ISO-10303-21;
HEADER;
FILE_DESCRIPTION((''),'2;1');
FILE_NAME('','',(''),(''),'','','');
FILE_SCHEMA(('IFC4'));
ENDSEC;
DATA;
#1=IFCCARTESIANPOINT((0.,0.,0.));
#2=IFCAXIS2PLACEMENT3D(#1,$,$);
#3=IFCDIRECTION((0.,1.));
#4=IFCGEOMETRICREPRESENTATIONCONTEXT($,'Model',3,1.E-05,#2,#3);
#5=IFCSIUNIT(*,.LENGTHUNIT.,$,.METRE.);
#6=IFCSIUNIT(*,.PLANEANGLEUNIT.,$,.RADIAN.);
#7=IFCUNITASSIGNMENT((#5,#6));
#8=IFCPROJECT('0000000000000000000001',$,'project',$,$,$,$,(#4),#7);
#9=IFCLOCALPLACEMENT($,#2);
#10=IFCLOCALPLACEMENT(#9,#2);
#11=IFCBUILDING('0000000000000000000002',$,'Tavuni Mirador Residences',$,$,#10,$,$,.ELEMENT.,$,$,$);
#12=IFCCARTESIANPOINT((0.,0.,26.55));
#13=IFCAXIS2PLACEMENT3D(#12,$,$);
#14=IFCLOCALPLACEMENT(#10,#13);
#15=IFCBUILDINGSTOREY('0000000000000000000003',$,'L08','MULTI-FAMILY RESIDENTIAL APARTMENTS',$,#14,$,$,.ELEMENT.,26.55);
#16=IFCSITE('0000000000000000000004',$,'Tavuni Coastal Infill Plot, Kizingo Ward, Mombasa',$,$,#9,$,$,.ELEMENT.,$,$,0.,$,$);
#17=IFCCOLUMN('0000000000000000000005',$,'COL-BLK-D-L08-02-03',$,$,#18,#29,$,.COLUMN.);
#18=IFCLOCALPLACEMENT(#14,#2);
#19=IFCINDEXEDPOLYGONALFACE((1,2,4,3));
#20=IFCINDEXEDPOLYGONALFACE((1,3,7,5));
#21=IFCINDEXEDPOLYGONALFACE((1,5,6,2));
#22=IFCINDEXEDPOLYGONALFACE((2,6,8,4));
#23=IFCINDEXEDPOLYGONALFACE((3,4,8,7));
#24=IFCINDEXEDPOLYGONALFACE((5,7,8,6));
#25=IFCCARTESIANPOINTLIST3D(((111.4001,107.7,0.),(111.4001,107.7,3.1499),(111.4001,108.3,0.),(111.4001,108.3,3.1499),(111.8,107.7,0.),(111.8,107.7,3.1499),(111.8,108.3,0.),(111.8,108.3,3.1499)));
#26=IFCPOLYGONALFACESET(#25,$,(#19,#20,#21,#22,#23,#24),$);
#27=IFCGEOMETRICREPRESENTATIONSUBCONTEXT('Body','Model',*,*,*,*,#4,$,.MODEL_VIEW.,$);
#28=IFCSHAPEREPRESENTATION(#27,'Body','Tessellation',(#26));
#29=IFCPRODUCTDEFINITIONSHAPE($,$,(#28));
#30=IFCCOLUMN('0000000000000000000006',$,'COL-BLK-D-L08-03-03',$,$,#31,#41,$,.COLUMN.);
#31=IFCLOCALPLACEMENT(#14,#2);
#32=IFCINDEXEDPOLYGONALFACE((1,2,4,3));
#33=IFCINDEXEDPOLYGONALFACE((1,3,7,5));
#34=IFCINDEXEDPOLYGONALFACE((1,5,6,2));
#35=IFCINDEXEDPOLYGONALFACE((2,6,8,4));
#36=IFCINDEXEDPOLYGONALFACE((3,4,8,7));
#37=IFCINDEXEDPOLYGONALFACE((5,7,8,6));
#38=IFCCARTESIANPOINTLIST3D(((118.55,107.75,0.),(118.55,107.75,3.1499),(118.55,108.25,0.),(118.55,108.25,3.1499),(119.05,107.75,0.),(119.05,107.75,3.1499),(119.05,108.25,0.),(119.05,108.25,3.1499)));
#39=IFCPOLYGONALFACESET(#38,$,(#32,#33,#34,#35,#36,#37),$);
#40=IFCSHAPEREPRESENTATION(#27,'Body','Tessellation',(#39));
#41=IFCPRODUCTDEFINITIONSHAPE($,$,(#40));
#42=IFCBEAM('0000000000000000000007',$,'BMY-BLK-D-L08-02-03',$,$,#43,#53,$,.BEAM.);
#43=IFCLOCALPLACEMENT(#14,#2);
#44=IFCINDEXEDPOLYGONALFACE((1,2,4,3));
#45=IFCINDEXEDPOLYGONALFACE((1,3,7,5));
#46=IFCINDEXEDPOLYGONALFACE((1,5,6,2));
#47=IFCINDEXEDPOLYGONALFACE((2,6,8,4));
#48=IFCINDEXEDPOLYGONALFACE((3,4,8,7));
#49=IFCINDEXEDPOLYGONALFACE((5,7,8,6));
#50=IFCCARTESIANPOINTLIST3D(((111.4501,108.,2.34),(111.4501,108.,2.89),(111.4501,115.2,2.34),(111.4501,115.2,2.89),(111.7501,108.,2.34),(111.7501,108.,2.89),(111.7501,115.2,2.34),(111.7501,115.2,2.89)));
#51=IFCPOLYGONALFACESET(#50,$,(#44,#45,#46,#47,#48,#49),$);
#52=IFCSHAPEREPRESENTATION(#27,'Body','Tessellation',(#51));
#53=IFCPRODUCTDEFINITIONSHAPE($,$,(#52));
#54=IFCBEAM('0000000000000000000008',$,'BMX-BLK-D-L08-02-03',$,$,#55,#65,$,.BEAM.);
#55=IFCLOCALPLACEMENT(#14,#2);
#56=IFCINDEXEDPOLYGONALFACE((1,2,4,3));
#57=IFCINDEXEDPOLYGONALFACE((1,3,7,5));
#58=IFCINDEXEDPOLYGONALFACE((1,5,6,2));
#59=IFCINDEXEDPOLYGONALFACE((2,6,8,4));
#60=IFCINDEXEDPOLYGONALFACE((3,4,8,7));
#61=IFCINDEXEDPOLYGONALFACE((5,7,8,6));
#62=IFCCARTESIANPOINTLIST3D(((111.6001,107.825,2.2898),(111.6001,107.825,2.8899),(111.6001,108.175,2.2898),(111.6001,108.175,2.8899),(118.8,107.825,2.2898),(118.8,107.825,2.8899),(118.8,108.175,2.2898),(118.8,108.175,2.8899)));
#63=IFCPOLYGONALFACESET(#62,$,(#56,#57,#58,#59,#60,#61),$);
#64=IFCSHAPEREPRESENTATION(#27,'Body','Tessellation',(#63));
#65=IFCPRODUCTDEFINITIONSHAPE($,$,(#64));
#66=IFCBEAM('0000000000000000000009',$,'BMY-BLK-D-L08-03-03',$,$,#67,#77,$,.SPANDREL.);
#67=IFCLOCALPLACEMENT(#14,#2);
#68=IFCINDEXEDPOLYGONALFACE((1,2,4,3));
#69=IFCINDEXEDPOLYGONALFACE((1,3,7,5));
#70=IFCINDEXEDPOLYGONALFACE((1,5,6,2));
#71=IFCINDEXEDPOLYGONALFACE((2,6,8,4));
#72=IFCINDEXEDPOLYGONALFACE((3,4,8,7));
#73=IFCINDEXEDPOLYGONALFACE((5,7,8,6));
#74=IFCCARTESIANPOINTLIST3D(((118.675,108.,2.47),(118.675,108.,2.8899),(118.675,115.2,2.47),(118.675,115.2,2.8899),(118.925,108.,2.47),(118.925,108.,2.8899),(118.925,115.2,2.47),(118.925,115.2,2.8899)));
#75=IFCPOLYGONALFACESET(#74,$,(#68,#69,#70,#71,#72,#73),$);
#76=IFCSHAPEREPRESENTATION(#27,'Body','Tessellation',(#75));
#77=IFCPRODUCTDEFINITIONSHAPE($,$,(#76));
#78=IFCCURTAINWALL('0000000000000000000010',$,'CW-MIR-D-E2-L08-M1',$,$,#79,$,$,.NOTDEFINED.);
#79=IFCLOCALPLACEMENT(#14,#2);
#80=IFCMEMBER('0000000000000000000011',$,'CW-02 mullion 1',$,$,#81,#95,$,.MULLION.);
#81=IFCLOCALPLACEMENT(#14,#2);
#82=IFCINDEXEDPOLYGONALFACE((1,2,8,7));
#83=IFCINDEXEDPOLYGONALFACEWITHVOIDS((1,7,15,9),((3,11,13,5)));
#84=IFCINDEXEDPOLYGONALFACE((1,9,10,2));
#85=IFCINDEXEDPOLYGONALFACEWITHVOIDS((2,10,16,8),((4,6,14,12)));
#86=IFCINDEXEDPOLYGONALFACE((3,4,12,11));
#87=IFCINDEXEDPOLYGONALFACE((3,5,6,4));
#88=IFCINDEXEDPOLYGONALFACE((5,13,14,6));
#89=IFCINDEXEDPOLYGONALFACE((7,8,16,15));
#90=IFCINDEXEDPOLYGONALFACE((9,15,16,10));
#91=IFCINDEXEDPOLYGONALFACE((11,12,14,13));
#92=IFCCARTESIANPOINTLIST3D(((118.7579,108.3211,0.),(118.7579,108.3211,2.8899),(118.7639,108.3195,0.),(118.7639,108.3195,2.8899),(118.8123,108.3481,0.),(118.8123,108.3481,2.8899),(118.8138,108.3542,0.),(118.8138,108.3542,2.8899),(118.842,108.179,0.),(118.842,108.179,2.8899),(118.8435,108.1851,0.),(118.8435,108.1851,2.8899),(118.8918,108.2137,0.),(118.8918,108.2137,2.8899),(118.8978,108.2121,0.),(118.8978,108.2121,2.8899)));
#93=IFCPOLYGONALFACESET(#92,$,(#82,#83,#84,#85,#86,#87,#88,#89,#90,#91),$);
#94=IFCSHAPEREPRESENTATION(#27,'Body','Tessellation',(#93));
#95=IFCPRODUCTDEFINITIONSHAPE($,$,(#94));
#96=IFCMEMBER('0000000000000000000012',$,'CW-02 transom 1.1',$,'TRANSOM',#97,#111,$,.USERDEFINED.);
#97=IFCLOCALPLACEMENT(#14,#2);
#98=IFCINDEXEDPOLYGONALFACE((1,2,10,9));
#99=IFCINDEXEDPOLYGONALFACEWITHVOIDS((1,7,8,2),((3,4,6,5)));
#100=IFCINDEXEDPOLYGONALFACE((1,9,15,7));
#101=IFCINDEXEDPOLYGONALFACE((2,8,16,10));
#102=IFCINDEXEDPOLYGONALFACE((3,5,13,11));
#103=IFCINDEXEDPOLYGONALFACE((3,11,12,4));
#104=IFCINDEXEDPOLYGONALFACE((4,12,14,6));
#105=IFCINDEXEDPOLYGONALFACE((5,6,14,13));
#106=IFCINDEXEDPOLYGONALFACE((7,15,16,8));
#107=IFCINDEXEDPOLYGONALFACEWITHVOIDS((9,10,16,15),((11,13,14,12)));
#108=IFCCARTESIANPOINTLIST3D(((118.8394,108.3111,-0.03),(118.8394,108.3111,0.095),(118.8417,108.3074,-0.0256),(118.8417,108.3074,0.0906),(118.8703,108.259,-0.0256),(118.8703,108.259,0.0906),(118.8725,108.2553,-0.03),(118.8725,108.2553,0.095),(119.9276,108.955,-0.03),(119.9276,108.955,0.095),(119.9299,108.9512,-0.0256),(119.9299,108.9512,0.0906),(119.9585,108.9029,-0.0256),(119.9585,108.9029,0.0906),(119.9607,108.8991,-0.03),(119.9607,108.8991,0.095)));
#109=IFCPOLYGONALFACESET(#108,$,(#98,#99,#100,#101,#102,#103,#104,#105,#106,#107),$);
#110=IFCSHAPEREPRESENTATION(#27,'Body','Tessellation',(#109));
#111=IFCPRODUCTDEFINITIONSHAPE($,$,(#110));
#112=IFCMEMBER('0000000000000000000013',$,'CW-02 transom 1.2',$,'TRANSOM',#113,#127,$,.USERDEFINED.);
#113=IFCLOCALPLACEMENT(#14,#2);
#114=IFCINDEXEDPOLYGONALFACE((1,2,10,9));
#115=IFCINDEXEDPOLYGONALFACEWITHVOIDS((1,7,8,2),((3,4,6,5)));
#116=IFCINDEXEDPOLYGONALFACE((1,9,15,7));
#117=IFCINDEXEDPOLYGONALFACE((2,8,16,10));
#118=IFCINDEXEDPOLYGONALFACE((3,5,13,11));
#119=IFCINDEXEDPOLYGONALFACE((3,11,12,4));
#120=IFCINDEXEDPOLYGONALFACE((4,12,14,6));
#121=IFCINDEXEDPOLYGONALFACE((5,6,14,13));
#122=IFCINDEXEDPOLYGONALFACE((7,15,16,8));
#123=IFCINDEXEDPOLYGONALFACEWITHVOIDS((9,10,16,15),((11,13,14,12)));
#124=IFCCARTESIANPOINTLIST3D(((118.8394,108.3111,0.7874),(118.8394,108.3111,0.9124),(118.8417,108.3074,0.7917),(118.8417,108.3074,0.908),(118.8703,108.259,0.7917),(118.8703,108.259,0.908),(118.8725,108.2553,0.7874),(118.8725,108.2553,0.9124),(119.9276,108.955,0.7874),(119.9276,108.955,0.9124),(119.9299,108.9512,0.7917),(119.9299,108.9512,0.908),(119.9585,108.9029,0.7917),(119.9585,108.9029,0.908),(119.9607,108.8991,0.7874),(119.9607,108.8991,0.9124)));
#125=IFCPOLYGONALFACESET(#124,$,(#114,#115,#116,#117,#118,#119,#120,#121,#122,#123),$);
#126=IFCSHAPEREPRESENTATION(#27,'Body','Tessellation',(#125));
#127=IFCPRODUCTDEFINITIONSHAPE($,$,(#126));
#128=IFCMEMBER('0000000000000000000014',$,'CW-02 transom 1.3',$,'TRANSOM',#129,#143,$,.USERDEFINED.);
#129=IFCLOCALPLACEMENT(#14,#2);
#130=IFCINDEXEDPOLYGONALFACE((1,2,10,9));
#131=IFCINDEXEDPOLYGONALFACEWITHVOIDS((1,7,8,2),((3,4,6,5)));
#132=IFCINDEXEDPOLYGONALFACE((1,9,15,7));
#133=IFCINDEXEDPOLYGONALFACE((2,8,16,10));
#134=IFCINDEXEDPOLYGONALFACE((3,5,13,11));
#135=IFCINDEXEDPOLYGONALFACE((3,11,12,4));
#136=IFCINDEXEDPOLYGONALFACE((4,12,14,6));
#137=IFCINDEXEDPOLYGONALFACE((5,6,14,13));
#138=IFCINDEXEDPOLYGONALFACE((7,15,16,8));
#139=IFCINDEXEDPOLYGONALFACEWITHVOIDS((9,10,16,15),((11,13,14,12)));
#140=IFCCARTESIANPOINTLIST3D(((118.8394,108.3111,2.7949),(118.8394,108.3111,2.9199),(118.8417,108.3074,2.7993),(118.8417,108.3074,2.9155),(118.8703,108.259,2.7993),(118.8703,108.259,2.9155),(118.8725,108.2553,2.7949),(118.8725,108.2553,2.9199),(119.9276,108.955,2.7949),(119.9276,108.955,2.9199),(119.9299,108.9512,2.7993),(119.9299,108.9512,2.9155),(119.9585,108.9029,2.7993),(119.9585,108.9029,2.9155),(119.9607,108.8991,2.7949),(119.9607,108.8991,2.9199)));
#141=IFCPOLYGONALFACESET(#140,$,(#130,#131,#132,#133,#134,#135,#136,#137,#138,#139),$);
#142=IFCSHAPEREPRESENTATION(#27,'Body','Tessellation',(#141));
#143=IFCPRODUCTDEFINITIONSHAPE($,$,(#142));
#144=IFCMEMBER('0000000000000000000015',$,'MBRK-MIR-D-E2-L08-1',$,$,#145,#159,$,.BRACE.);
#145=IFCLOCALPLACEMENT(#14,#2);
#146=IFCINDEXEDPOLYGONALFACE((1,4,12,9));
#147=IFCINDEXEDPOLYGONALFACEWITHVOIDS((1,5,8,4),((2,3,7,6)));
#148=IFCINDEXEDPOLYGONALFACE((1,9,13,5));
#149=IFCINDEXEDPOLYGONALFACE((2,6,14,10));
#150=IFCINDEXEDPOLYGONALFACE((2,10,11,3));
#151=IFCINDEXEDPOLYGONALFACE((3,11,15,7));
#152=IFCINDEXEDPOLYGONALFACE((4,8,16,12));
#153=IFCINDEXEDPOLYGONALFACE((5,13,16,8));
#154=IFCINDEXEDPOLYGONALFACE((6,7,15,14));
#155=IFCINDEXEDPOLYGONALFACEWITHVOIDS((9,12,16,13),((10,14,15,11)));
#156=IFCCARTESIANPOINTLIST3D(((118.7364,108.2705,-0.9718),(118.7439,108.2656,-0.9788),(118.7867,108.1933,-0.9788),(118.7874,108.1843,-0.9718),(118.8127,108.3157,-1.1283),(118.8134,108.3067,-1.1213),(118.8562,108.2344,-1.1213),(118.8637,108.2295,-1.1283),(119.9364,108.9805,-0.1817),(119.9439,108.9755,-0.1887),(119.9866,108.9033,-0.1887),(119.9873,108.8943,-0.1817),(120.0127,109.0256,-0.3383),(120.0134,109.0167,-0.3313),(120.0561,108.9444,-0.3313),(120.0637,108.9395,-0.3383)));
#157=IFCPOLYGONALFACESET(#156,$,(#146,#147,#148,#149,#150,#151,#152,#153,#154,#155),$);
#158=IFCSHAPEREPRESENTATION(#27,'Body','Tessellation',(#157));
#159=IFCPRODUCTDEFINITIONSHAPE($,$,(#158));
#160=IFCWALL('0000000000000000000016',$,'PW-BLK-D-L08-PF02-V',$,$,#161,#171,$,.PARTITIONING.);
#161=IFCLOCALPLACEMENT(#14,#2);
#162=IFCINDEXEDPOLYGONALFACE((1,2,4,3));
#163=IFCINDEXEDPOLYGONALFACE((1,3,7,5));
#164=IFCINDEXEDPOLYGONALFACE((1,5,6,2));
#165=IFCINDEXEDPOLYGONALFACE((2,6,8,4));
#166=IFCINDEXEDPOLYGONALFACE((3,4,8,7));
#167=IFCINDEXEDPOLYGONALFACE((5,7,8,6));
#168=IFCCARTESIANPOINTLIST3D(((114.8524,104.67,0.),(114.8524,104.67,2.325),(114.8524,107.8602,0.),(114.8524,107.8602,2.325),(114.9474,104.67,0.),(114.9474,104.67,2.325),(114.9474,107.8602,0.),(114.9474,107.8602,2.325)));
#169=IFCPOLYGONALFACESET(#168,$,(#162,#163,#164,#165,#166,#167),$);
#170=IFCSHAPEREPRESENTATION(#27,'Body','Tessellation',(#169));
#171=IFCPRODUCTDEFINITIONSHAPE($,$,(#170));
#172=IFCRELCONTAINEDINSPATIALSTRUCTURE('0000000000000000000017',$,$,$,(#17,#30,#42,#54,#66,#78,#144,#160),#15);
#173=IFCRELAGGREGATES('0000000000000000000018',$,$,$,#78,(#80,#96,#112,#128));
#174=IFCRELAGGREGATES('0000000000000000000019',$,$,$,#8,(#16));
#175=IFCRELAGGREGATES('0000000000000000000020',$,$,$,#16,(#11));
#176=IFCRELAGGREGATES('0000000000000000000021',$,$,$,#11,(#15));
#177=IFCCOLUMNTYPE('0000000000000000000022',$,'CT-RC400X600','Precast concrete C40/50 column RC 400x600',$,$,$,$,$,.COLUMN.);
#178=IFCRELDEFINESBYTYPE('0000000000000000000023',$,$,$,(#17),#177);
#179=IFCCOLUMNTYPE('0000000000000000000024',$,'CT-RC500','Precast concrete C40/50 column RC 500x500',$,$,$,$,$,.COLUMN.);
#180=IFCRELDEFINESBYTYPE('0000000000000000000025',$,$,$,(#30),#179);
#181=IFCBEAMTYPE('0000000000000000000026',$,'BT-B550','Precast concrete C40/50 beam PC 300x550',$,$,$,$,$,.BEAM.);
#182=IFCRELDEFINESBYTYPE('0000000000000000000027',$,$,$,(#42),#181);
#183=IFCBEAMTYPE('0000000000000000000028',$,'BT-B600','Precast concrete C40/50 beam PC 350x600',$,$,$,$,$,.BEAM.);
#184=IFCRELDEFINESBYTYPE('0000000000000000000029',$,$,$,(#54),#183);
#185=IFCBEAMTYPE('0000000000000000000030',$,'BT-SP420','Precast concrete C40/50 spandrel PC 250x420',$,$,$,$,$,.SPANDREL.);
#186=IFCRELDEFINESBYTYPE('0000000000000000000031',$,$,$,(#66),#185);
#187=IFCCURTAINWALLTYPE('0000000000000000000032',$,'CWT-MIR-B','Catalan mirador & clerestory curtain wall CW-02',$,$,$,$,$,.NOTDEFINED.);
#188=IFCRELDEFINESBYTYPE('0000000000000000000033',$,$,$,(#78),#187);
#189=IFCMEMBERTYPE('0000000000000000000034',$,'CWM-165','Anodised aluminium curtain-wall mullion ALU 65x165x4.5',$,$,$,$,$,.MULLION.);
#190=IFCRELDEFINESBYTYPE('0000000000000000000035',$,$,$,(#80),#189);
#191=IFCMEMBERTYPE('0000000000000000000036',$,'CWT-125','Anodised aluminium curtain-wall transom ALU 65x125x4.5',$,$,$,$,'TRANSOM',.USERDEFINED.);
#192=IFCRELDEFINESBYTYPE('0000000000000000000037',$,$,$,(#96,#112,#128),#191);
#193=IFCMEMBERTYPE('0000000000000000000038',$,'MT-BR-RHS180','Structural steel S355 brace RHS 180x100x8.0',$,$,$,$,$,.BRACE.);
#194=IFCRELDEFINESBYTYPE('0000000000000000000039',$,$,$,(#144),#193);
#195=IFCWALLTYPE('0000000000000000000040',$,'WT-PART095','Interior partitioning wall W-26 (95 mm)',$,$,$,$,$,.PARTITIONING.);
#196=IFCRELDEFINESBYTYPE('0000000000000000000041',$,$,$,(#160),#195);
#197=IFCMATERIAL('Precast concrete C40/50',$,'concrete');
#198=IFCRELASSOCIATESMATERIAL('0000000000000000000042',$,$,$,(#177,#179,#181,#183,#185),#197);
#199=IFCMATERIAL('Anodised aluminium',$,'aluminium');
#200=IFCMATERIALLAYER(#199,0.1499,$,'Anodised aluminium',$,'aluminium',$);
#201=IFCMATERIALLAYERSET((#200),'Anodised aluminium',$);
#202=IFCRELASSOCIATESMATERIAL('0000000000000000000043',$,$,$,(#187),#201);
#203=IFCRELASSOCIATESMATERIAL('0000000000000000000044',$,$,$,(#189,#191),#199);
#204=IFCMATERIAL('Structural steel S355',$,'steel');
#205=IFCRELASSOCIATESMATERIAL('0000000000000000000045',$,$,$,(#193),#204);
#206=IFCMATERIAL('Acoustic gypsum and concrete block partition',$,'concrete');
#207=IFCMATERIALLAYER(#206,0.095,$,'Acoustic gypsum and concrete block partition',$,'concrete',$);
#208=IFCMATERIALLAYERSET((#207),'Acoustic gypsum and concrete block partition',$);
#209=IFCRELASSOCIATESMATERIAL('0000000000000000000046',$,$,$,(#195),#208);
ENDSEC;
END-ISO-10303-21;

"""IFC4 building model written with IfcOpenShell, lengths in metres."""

from ifc_helpers import new_model, si_unit, direction, frame, frame_2d, origin, origin_2d, place, context, subcontext, project, spatial, rectangle, hollow_rectangle, extrude, material, layer, layer_set, material_profile, profile_set, type_object, element, aggregate, save


model = new_model("IFC4")

# Units and contexts
model_context = context("Model", 3, precision=1e-05, world=origin(), true_north=direction((0.0, 1.0)))
body_context = subcontext(model_context, "Body", "Model", "MODEL_VIEW")
ifc_project = project(units=[si_unit("LENGTHUNIT", "METRE"), si_unit("PLANEANGLEUNIT", "RADIAN")], contexts=[model_context])

# Site, building, storey
site_placement = place(None, origin())
site = spatial("IfcSite", under=ifc_project, at=site_placement, Name="Tavuni Coastal Infill Plot, Kizingo Ward, Mombasa", CompositionType="ELEMENT", RefElevation=0.0)
building_placement = place(site_placement, origin())
building = spatial("IfcBuilding", under=site, at=building_placement, Name="Tavuni Mirador Residences", CompositionType="ELEMENT")
storey_placement = place(building_placement, frame((0.0, 0.0, 26.55)))
storey = spatial("IfcBuildingStorey", under=building, at=storey_placement, Name="L08", Description="MULTI-FAMILY RESIDENTIAL APARTMENTS", CompositionType="ELEMENT", Elevation=26.55)

# Columns
ifc_material_1 = material(Name="Precast concrete C40/50", Category="concrete")
ifc_material_profile_1 = material_profile(ifc_material_1, rectangle(XDim=0.3999, YDim=0.6001, at=origin_2d()), Name="RC 400x600", Category="concrete")
ifc_profile_set_1 = profile_set([ifc_material_profile_1], Name="Precast concrete C40/50")
column_type_1 = type_object("IfcColumnType", Name="CT-RC400X600", Description="Precast concrete C40/50 column RC 400x600", PredefinedType="COLUMN", material=ifc_profile_set_1)
column_1_placement = place(storey_placement, frame((111.6001, 108.0, 0.0), z_axis=(0.0, 0.0, 1.0), x_axis=(1.0, 0.0, 0.0)))
element("IfcColumn", 1, at=column_1_placement, inside=storey, type_object=column_type_1, Name="COL-BLK-D-L08-02-03", PredefinedType="COLUMN", context=body_context, shape_type="SweptSolid", body=[
    extrude(rectangle(XDim=0.3999, YDim=0.6001, at=origin_2d()), origin(), (0.0, 0.0, 1.0), 3.1499),
])
ifc_material_profile_2 = material_profile(ifc_material_1, rectangle(XDim=0.5, YDim=0.5, at=origin_2d()), Name="RC 500x500", Category="concrete")
ifc_profile_set_2 = profile_set([ifc_material_profile_2], Name="Precast concrete C40/50")
column_type_2 = type_object("IfcColumnType", Name="CT-RC500", Description="Precast concrete C40/50 column RC 500x500", PredefinedType="COLUMN", material=ifc_profile_set_2)
column_2_placement = place(storey_placement, frame((118.8, 108.0, 0.0), z_axis=(0.0, 0.0, 1.0), x_axis=(1.0, 0.0, 0.0)))
element("IfcColumn", 2, at=column_2_placement, inside=storey, type_object=column_type_2, Name="COL-BLK-D-L08-03-03", PredefinedType="COLUMN", context=body_context, shape_type="SweptSolid", body=[
    extrude(rectangle(XDim=0.5, YDim=0.5, at=origin_2d()), origin(), (0.0, 0.0, 1.0), 3.1499),
])

# Beams
ifc_material_profile_3 = material_profile(ifc_material_1, rectangle(XDim=0.3, YDim=0.55, at=origin_2d()), Name="PC 300x550", Category="concrete")
ifc_profile_set_3 = profile_set([ifc_material_profile_3], Name="Precast concrete C40/50")
beam_type_1 = type_object("IfcBeamType", Name="BT-B550", Description="Precast concrete C40/50 beam PC 300x550", PredefinedType="BEAM", material=ifc_profile_set_3)
beam_1_placement = place(storey_placement, frame((111.6001, 108.0, 2.615), z_axis=(0.0, 1.0, 0.0), x_axis=(-1.0, 0.0, 0.0)))
element("IfcBeam", 3, at=beam_1_placement, inside=storey, type_object=beam_type_1, Name="BMY-BLK-D-L08-02-03", PredefinedType="BEAM", context=body_context, shape_type="SweptSolid", body=[
    extrude(rectangle(XDim=0.3, YDim=0.55, at=origin_2d()), origin(), (0.0, 0.0, 1.0), 7.2),
])
ifc_material_profile_4 = material_profile(ifc_material_1, rectangle(XDim=0.3501, YDim=0.6001, at=origin_2d()), Name="PC 350x600", Category="concrete")
ifc_profile_set_4 = profile_set([ifc_material_profile_4], Name="Precast concrete C40/50")
beam_type_2 = type_object("IfcBeamType", Name="BT-B600", Description="Precast concrete C40/50 beam PC 350x600", PredefinedType="BEAM", material=ifc_profile_set_4)
beam_2_placement = place(storey_placement, frame((111.6001, 108.0, 2.5898), z_axis=(1.0, 0.0, 0.0), x_axis=(0.0, 1.0, 0.0)))
element("IfcBeam", 4, at=beam_2_placement, inside=storey, type_object=beam_type_2, Name="BMX-BLK-D-L08-02-03", PredefinedType="BEAM", context=body_context, shape_type="SweptSolid", body=[
    extrude(rectangle(XDim=0.3501, YDim=0.6001, at=origin_2d()), origin(), (0.0, 0.0, 1.0), 7.2),
])
ifc_material_profile_5 = material_profile(ifc_material_1, rectangle(XDim=0.25, YDim=0.4199, at=origin_2d()), Name="PC 250x420", Category="concrete")
ifc_profile_set_5 = profile_set([ifc_material_profile_5], Name="Precast concrete C40/50")
beam_type_3 = type_object("IfcBeamType", Name="BT-SP420", Description="Precast concrete C40/50 spandrel PC 250x420", PredefinedType="SPANDREL", material=ifc_profile_set_5)
beam_3_placement = place(storey_placement, frame((118.8, 108.0, 2.6799), z_axis=(0.0, 1.0, 0.0), x_axis=(-1.0, 0.0, 0.0)))
element("IfcBeam", 5, at=beam_3_placement, inside=storey, type_object=beam_type_3, Name="BMY-BLK-D-L08-03-03", PredefinedType="SPANDREL", context=body_context, shape_type="SweptSolid", body=[
    extrude(rectangle(XDim=0.25, YDim=0.4199, at=origin_2d()), origin(), (0.0, 0.0, 1.0), 7.2),
])

# Curtain wall, members
ifc_material_2 = material(Name="Anodised aluminium", Category="aluminium")
ifc_layer_1 = layer(ifc_material_2, 0.1499, Name="Anodised aluminium", Category="aluminium")
ifc_layer_set_1 = layer_set([ifc_layer_1], Name="Anodised aluminium")
curtain_wall_type = type_object("IfcCurtainWallType", Name="CWT-MIR-B", Description="Catalan mirador & clerestory curtain wall CW-02", PredefinedType="NOTDEFINED", material=ifc_layer_set_1)
curtain_wall_placement = place(storey_placement, origin())
curtain_wall = element("IfcCurtainWall", 6, at=curtain_wall_placement, inside=storey, type_object=curtain_wall_type, Name="CW-MIR-D-E2-L08-M1", PredefinedType="NOTDEFINED")
ifc_material_profile_6 = material_profile(ifc_material_2, hollow_rectangle(XDim=0.0649, YDim=0.165, WallThickness=0.0044, at=origin_2d()), Name="ALU 65x165x4.5", Category="aluminium")
ifc_profile_set_6 = profile_set([ifc_material_profile_6], Name="Anodised aluminium")
member_type_1 = type_object("IfcMemberType", Name="CWM-165", Description="Anodised aluminium curtain-wall mullion ALU 65x165x4.5", PredefinedType="MULLION", material=ifc_profile_set_6)
member_1_placement = place(storey_placement, frame((118.8279, 108.2666, 0.0), z_axis=(0.0, 0.0, 1.0), x_axis=(0.860641, 0.509212, 0.0)))
member_1 = element("IfcMember", 7, at=member_1_placement, type_object=member_type_1, Name="CW-02 mullion 1", PredefinedType="MULLION", context=body_context, shape_type="SweptSolid", body=[
    extrude(hollow_rectangle(XDim=0.0649, YDim=0.165, WallThickness=0.0044, at=origin_2d()), origin(), (0.0, 0.0, 1.0), 2.8899),
])
ifc_material_profile_7 = material_profile(ifc_material_2, hollow_rectangle(XDim=0.0649, YDim=0.125, WallThickness=0.0044, at=origin_2d()), Name="ALU 65x125x4.5", Category="aluminium")
ifc_profile_set_7 = profile_set([ifc_material_profile_7], Name="Anodised aluminium")
member_type_2 = type_object("IfcMemberType", Name="CWT-125", Description="Anodised aluminium curtain-wall transom ALU 65x125x4.5", ElementType="TRANSOM", PredefinedType="USERDEFINED", material=ifc_profile_set_7)
member_2_placement = place(storey_placement, frame((118.856, 108.2832, 0.0325), z_axis=(0.860646, 0.509204, 0.0), x_axis=(-0.509204, 0.860646, 0.0)))
member_2 = element("IfcMember", 8, at=member_2_placement, type_object=member_type_2, Name="CW-02 transom 1.1", ObjectType="TRANSOM", PredefinedType="USERDEFINED", context=body_context, shape_type="SweptSolid", body=[
    extrude(hollow_rectangle(XDim=0.0649, YDim=0.125, WallThickness=0.0044, at=origin_2d()), origin(), (0.0, 0.0, 1.0), 1.2644),
])
member_3_placement = place(storey_placement, frame((118.856, 108.2832, 0.8499), z_axis=(0.860646, 0.509204, 0.0), x_axis=(-0.509204, 0.860646, 0.0)))
member_3 = element("IfcMember", 9, at=member_3_placement, type_object=member_type_2, Name="CW-02 transom 1.2", ObjectType="TRANSOM", PredefinedType="USERDEFINED", context=body_context, shape_type="SweptSolid", body=[
    extrude(hollow_rectangle(XDim=0.0649, YDim=0.125, WallThickness=0.0044, at=origin_2d()), origin(), (0.0, 0.0, 1.0), 1.2644),
])
member_4_placement = place(storey_placement, frame((118.856, 108.2832, 2.8574), z_axis=(0.860646, 0.509204, 0.0), x_axis=(-0.509204, 0.860646, 0.0)))
member_4 = element("IfcMember", 10, at=member_4_placement, type_object=member_type_2, Name="CW-02 transom 1.3", ObjectType="TRANSOM", PredefinedType="USERDEFINED", context=body_context, shape_type="SweptSolid", body=[
    extrude(hollow_rectangle(XDim=0.0649, YDim=0.125, WallThickness=0.0044, at=origin_2d()), origin(), (0.0, 0.0, 1.0), 1.2644),
])
aggregate(curtain_wall, [member_1, member_2, member_3, member_4])

# Member
ifc_material_3 = material(Name="Structural steel S355", Category="steel")
ifc_material_profile_8 = material_profile(ifc_material_3, hollow_rectangle(XDim=0.1001, YDim=0.1799, WallThickness=0.0081, at=origin_2d()), Name="RHS 180x100x8.0", Category="steel")
ifc_profile_set_8 = profile_set([ifc_material_profile_8], Name="Structural steel S355")
member_type_3 = type_object("IfcMemberType", Name="MT-BR-RHS180", Description="Structural steel S355 brace RHS 180x100x8.0", PredefinedType="BRACE", material=ifc_profile_set_8)
member_5_placement = place(storey_placement, frame((118.8, 108.25, -1.05), z_axis=(0.748787, 0.443026, 0.492996), x_axis=(-0.509207, 0.860644, 0.0)))
element("IfcMember", 11, at=member_5_placement, inside=storey, type_object=member_type_3, Name="MBRK-MIR-D-E2-L08-1", PredefinedType="BRACE", context=body_context, shape_type="SweptSolid", body=[
    extrude(hollow_rectangle(XDim=0.1001, YDim=0.1799, WallThickness=0.0081, at=origin_2d()), origin(), (0.0, 0.0, 1.0), 1.6025),
])

# Wall
ifc_material_4 = material(Name="Acoustic gypsum and concrete block partition", Category="concrete")
ifc_layer_2 = layer(ifc_material_4, 0.095, Name="Acoustic gypsum and concrete block partition", Category="concrete")
ifc_layer_set_2 = layer_set([ifc_layer_2], Name="Acoustic gypsum and concrete block partition")
wall_type_1 = type_object("IfcWallType", Name="WT-PART095", Description="Interior partitioning wall W-26 (95 mm)", PredefinedType="PARTITIONING", material=ifc_layer_set_2)
wall_1_placement = place(storey_placement, frame((114.8999, 104.6699, 0.0), z_axis=(0.0, 0.0, 1.0), x_axis=(0.0, 1.0, 0.0)))
element("IfcWall", 12, at=wall_1_placement, inside=storey, type_object=wall_type_1, Name="PW-BLK-D-L08-PF02-V", PredefinedType="PARTITIONING", context=body_context, shape_type="SweptSolid", body=[
    extrude(rectangle(XDim=3.1902, YDim=0.095, at=frame_2d((1.5952, 0.0))), origin(), (0.0, 0.0, 1.0), 2.325),
])

save(model, "model.ifc")
